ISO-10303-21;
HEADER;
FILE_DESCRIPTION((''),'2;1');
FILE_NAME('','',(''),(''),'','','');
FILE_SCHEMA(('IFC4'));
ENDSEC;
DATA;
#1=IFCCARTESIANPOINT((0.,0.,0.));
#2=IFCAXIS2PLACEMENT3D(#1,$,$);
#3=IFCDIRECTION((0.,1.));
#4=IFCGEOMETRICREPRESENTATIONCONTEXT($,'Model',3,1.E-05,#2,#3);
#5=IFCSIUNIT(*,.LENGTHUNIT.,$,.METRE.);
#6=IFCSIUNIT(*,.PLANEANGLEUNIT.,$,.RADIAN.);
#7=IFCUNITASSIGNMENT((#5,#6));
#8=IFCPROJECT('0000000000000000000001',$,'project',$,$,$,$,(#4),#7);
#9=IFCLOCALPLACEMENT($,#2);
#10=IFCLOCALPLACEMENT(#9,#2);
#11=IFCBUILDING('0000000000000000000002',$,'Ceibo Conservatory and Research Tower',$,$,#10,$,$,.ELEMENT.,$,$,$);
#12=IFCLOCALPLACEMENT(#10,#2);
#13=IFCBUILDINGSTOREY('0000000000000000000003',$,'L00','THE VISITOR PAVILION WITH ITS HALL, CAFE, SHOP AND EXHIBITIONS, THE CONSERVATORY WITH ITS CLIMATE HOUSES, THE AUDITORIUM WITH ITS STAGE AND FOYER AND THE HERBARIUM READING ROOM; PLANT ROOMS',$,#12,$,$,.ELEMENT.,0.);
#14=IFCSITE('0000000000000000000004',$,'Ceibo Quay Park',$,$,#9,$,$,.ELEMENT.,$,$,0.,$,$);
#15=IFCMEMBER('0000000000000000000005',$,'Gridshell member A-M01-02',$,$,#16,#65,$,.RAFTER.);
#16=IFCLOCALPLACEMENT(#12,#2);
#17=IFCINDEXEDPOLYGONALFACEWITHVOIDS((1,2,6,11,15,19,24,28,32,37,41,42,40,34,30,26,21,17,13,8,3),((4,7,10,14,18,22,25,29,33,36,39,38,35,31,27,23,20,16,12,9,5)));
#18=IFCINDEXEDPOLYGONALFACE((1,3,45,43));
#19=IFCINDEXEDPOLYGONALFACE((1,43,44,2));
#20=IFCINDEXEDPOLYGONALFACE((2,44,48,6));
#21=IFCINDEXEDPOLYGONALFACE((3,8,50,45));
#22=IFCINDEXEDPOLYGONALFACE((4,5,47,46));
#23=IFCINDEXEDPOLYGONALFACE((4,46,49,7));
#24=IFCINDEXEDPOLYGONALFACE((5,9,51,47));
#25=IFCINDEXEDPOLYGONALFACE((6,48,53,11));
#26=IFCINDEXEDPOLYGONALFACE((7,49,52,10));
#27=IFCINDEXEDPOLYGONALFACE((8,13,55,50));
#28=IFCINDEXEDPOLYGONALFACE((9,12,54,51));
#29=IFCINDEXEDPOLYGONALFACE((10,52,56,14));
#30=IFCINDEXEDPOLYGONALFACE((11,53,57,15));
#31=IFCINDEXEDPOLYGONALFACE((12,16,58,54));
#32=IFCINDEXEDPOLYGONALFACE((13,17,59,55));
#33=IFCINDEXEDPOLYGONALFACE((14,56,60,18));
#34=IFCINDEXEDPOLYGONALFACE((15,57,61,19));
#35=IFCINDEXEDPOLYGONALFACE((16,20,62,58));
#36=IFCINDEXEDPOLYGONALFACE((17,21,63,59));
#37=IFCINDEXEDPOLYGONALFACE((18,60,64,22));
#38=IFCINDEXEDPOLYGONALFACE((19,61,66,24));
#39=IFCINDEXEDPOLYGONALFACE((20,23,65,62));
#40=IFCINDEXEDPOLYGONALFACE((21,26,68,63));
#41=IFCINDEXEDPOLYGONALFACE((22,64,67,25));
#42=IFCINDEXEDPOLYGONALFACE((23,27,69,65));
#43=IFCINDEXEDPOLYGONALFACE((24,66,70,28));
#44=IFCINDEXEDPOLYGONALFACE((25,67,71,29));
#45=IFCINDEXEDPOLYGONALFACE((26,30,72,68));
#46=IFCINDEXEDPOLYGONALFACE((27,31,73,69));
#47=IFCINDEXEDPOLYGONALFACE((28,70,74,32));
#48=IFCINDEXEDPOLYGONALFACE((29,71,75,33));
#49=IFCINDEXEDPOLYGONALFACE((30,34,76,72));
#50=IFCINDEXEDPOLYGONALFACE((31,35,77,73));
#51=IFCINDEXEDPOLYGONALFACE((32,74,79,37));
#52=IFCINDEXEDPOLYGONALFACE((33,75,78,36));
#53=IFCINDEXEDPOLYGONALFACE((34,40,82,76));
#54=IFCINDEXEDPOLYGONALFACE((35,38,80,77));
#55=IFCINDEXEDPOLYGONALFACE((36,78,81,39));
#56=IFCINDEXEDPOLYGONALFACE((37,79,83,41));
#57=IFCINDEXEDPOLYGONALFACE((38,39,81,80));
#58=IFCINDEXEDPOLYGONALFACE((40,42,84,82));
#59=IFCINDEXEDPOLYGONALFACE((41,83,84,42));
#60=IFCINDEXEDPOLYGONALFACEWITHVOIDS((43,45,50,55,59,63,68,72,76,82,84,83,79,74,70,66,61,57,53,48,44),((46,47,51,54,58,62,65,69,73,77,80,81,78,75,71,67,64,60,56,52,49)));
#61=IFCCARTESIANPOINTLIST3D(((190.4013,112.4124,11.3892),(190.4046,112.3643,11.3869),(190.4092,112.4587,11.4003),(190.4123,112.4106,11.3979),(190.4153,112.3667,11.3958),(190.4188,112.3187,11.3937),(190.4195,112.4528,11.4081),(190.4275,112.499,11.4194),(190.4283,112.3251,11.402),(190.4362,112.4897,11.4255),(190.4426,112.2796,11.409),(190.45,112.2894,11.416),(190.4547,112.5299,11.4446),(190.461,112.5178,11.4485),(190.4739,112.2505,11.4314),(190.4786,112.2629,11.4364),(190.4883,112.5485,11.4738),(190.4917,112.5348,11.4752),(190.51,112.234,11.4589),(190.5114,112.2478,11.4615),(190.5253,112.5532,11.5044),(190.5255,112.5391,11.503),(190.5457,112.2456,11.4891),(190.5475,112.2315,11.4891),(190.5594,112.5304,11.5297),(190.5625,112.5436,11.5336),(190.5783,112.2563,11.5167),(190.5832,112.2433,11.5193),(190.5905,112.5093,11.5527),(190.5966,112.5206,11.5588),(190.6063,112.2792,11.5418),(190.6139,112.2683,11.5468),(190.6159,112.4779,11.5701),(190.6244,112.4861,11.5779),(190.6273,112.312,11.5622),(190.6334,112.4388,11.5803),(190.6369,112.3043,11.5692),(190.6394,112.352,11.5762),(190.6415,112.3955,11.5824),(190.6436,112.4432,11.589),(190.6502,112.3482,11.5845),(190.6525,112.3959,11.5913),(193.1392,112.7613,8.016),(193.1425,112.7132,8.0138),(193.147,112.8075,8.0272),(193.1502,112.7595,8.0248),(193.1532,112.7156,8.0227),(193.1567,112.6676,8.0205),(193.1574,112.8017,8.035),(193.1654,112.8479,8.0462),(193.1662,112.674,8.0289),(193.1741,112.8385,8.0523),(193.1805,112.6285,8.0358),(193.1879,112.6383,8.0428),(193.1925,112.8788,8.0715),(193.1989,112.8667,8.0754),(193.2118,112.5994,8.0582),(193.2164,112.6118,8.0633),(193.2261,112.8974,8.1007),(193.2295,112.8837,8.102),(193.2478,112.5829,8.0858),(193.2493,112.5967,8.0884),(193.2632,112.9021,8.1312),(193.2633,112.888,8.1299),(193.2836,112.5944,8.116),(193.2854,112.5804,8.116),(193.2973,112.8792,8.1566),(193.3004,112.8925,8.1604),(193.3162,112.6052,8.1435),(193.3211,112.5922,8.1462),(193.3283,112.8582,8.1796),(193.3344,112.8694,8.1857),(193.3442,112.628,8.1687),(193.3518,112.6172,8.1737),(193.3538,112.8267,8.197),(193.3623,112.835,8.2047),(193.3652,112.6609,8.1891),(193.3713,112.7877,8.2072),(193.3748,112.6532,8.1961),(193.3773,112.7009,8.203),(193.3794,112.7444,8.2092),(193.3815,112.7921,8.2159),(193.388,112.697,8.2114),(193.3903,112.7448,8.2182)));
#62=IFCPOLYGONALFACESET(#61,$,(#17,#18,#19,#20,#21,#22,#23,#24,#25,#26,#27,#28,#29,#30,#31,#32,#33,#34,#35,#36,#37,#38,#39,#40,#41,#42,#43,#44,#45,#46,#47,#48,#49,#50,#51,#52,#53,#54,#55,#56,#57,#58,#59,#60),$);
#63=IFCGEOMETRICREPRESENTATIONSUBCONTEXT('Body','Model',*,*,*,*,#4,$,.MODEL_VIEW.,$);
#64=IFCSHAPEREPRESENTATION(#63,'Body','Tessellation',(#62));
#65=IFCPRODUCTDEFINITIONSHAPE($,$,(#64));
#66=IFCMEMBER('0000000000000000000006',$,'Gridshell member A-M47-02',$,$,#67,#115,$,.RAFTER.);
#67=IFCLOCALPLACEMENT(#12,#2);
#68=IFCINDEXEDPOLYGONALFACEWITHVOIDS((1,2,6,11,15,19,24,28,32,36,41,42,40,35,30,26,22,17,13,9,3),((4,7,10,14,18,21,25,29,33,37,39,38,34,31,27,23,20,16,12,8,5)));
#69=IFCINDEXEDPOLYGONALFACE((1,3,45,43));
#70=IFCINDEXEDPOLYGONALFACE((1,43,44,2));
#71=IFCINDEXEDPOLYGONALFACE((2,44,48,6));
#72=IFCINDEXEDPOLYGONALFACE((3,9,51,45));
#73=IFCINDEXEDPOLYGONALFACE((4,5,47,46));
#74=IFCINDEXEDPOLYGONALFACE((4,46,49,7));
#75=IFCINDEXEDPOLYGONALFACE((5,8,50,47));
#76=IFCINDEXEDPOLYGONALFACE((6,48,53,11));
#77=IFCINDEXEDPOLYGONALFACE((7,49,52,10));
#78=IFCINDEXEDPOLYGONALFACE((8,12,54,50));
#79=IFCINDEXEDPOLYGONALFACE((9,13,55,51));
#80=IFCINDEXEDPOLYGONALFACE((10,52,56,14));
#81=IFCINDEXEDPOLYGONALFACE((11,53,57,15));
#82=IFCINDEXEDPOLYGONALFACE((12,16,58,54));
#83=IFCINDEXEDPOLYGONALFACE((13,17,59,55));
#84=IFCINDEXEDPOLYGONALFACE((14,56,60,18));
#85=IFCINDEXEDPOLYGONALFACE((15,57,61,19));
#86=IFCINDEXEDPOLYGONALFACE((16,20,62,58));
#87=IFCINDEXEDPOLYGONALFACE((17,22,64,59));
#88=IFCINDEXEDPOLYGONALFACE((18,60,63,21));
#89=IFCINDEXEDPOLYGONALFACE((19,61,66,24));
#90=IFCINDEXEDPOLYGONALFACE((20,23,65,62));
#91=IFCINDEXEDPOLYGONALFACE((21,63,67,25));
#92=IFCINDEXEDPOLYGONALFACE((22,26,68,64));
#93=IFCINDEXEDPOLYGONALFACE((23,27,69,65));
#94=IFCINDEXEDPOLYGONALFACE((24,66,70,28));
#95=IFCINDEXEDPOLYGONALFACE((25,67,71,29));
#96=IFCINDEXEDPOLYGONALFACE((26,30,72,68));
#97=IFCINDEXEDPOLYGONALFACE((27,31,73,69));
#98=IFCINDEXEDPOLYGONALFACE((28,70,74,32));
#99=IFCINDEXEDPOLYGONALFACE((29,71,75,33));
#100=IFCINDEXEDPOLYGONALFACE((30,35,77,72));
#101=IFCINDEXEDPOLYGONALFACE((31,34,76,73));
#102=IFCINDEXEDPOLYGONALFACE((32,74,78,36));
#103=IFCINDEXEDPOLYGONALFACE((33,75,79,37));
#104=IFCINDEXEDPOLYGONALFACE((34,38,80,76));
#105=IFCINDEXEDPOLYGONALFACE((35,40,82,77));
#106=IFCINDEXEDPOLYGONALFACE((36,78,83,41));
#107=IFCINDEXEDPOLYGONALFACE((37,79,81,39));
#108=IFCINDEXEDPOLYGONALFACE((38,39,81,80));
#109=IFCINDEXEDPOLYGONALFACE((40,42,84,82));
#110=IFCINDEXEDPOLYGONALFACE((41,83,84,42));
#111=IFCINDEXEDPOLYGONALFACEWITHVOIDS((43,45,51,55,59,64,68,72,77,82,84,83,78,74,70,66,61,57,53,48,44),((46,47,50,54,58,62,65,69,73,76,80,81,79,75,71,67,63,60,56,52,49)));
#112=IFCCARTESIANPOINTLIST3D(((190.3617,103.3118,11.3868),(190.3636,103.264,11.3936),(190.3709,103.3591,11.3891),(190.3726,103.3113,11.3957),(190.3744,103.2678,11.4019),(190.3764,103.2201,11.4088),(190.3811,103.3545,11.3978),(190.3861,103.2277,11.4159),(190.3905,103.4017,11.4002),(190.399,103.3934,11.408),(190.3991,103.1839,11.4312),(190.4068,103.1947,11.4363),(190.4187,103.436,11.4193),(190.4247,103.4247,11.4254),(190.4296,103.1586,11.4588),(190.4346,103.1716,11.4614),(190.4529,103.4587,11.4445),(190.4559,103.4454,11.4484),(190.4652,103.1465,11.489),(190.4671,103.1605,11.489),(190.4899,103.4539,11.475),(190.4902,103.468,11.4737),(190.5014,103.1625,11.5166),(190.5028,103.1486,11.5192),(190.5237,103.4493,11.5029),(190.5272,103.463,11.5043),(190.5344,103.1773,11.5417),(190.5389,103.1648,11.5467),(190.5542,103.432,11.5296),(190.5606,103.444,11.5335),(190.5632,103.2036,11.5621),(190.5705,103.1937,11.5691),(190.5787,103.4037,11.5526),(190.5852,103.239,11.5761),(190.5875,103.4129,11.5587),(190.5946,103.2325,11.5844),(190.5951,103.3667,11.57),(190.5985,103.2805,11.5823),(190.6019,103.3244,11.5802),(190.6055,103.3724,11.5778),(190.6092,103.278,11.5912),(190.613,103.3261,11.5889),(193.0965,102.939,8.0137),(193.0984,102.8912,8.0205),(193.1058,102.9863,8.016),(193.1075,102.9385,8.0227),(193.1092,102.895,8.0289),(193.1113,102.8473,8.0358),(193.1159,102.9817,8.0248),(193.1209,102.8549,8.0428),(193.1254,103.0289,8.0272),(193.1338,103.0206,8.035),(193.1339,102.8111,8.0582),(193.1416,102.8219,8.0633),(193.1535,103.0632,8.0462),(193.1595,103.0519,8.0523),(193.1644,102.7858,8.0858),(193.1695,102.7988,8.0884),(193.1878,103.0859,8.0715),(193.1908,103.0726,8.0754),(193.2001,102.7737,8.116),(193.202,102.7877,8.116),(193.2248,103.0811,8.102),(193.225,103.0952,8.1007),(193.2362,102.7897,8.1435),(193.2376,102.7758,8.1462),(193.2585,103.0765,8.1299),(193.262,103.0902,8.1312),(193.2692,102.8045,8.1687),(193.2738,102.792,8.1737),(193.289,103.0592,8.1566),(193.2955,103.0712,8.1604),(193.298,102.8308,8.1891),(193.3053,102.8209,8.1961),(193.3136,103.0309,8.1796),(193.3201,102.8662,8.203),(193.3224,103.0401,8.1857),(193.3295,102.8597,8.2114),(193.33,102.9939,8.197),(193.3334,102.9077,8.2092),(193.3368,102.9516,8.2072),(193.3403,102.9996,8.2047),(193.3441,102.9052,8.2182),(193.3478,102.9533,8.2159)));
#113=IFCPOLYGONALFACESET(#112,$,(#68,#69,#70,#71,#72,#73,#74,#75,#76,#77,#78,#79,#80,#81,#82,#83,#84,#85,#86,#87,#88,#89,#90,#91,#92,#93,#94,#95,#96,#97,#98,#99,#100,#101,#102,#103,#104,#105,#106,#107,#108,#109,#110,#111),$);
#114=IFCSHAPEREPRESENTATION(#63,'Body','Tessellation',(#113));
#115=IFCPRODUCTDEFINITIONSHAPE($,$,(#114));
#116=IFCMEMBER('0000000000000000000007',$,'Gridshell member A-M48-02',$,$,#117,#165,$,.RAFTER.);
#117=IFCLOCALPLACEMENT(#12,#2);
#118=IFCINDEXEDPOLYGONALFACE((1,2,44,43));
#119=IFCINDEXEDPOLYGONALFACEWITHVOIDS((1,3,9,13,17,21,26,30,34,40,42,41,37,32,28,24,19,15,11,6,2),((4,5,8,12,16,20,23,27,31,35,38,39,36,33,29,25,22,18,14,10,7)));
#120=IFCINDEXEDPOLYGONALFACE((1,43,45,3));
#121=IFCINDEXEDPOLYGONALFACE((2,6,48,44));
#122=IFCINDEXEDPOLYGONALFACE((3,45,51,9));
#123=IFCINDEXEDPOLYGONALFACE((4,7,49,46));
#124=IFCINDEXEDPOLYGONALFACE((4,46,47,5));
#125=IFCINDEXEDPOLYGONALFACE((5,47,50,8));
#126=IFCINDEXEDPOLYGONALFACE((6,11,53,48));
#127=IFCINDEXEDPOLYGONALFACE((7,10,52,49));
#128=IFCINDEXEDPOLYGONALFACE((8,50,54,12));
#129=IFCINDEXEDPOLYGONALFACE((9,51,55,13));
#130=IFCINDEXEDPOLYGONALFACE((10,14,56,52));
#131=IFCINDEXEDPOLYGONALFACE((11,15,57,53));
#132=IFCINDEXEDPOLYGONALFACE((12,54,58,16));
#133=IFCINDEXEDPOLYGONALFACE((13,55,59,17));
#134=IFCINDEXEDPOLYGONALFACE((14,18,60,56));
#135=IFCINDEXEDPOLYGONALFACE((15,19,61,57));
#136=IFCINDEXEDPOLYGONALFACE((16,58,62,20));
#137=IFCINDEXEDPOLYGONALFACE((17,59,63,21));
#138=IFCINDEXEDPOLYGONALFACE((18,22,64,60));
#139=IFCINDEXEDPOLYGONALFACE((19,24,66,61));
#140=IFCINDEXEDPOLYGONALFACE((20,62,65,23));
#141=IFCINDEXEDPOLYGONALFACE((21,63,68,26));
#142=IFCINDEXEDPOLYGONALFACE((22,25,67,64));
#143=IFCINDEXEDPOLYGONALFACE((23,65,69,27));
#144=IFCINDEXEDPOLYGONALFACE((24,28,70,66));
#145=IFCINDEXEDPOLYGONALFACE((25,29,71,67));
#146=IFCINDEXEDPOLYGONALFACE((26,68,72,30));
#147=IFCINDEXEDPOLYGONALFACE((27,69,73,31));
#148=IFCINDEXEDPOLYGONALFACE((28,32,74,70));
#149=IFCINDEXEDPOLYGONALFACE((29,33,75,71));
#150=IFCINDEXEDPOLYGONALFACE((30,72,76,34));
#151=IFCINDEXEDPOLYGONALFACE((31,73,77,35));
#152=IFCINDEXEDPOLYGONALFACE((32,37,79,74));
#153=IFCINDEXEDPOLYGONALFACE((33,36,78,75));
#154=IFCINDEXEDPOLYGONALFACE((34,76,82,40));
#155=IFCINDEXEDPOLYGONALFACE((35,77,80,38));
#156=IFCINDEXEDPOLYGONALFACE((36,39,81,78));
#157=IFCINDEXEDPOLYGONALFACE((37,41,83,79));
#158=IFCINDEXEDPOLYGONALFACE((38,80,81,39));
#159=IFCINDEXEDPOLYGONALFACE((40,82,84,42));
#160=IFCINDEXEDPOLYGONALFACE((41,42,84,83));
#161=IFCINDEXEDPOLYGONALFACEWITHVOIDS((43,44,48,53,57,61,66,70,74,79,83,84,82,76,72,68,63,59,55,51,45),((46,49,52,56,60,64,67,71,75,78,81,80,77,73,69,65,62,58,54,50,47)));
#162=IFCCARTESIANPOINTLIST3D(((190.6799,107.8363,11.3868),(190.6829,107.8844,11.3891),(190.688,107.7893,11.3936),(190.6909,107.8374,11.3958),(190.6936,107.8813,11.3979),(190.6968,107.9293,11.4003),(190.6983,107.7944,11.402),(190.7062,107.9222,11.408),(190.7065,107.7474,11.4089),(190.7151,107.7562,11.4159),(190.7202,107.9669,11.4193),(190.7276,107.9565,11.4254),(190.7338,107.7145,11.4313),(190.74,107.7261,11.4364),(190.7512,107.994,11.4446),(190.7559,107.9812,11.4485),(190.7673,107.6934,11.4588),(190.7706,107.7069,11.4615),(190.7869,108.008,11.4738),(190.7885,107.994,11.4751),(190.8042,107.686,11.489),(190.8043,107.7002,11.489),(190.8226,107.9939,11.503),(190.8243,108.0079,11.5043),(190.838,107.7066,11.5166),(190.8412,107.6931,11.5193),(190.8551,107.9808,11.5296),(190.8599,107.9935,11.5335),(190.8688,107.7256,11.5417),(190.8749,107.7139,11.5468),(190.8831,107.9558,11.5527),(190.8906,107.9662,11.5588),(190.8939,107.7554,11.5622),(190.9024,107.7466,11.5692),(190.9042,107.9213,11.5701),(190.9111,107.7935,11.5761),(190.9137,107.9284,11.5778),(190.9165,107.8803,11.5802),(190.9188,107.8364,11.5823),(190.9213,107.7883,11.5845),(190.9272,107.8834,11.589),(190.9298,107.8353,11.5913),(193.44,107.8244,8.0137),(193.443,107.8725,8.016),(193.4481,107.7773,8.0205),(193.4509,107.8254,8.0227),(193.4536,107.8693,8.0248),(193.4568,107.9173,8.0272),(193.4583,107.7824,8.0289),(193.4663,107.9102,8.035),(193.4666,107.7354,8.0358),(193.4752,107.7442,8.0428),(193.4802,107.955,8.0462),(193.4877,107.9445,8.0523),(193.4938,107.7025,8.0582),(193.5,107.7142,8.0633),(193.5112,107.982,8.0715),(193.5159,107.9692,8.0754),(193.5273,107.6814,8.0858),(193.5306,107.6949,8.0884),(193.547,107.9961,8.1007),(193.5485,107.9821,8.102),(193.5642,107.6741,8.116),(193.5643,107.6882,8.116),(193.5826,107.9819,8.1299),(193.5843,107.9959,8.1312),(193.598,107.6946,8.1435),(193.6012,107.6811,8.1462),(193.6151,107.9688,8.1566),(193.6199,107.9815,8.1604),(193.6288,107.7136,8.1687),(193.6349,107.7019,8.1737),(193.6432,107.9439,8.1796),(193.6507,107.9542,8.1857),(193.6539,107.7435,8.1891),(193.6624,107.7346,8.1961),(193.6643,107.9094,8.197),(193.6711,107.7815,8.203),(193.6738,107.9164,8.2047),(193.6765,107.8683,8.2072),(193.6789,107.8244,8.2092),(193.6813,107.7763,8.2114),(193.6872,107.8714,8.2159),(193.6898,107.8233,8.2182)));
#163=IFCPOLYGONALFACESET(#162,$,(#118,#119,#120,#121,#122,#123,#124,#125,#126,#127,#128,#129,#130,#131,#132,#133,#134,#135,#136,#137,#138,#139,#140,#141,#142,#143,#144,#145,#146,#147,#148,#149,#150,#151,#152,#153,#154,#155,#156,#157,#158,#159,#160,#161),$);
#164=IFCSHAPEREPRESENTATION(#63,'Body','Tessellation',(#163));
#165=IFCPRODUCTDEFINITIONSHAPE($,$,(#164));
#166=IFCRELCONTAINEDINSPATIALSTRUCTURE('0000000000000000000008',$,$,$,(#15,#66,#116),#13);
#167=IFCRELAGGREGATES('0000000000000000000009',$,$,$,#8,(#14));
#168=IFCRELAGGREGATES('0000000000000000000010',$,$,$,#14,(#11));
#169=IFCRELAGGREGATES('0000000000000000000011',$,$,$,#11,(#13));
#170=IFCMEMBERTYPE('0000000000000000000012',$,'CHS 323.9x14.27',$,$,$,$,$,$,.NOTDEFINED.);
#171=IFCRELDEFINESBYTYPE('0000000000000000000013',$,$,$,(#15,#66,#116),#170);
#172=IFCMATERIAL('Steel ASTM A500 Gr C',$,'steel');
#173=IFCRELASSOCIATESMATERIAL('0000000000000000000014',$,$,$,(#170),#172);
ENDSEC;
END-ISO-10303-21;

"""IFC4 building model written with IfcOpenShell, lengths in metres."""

from ifc_helpers import new_model, si_unit, direction, frame, origin, origin_2d, place, context, subcontext, project, spatial, hollow_circle, extrude, material, material_profile, profile_set, type_object, element, save


model = new_model("IFC4")

# Units and contexts
model_context = context("Model", 3, precision=1e-05, world=origin(), true_north=direction((0.0, 1.0)))
body_context = subcontext(model_context, "Body", "Model", "MODEL_VIEW")
ifc_project = project(units=[si_unit("LENGTHUNIT", "METRE"), si_unit("PLANEANGLEUNIT", "RADIAN")], contexts=[model_context])

# Site, building, storey
site_placement = place(None, origin())
site = spatial("IfcSite", under=ifc_project, at=site_placement, Name="Ceibo Quay Park", CompositionType="ELEMENT", RefElevation=0.0)
building_placement = place(site_placement, origin())
building = spatial("IfcBuilding", under=site, at=building_placement, Name="Ceibo Conservatory and Research Tower", CompositionType="ELEMENT")
storey_placement = place(building_placement, origin())
storey = spatial("IfcBuildingStorey", under=building, at=storey_placement, Name="L00", Description="THE VISITOR PAVILION WITH ITS HALL, CAFE, SHOP AND EXHIBITIONS, THE CONSERVATORY WITH ITS CLIMATE HOUSES, THE AUDITORIUM WITH ITS STAGE AND FOYER AND THE HERBARIUM READING ROOM; PLANT ROOMS", CompositionType="ELEMENT", Elevation=0.0)

# Members
ifc_material_1 = material(Name="Steel ASTM A500 Gr C", Category="steel")
ifc_material_profile_1 = material_profile(ifc_material_1, hollow_circle(Radius=0.1619, WallThickness=0.0142, at=origin_2d()), Name="CHS 323.9x14.27")
ifc_profile_set_1 = profile_set([ifc_material_profile_1], Name="Steel ASTM A500 Gr C")
member_type_1 = type_object("IfcMemberType", Name="CHS 323.9x14.27", PredefinedType="NOTDEFINED", material=ifc_profile_set_1)
for number, where, z_axis, x_axis, name in (
    (1, (193.2649, 112.741, 8.116), (-0.628181, -0.080049, 0.773939), (0.126408, -0.991978, 0.0), "Gridshell member A-M01-02"),
    (2, (193.2219, 102.9341, 8.116), (-0.627488, 0.085536, 0.773913), (-0.135066, -0.990837, 0.0), "Gridshell member A-M47-02"),
    (3, (193.5649, 107.8359, 8.116), (-0.633269, 0.002745, 0.773927), (-0.004334, -0.999991, 0.0), "Gridshell member A-M48-02"),
):
    element("IfcMember", number, at=place(storey_placement, frame(where, z_axis=z_axis, x_axis=x_axis)), inside=storey, type_object=member_type_1, Name=name, PredefinedType="RAFTER", context=body_context, shape_type="SweptSolid", body=[
        extrude(hollow_circle(Radius=0.1619, WallThickness=0.0142, at=origin_2d()), origin(), (0.0, 0.0, 1.0), 4.3584),
    ])

save(model, "model.ifc")
